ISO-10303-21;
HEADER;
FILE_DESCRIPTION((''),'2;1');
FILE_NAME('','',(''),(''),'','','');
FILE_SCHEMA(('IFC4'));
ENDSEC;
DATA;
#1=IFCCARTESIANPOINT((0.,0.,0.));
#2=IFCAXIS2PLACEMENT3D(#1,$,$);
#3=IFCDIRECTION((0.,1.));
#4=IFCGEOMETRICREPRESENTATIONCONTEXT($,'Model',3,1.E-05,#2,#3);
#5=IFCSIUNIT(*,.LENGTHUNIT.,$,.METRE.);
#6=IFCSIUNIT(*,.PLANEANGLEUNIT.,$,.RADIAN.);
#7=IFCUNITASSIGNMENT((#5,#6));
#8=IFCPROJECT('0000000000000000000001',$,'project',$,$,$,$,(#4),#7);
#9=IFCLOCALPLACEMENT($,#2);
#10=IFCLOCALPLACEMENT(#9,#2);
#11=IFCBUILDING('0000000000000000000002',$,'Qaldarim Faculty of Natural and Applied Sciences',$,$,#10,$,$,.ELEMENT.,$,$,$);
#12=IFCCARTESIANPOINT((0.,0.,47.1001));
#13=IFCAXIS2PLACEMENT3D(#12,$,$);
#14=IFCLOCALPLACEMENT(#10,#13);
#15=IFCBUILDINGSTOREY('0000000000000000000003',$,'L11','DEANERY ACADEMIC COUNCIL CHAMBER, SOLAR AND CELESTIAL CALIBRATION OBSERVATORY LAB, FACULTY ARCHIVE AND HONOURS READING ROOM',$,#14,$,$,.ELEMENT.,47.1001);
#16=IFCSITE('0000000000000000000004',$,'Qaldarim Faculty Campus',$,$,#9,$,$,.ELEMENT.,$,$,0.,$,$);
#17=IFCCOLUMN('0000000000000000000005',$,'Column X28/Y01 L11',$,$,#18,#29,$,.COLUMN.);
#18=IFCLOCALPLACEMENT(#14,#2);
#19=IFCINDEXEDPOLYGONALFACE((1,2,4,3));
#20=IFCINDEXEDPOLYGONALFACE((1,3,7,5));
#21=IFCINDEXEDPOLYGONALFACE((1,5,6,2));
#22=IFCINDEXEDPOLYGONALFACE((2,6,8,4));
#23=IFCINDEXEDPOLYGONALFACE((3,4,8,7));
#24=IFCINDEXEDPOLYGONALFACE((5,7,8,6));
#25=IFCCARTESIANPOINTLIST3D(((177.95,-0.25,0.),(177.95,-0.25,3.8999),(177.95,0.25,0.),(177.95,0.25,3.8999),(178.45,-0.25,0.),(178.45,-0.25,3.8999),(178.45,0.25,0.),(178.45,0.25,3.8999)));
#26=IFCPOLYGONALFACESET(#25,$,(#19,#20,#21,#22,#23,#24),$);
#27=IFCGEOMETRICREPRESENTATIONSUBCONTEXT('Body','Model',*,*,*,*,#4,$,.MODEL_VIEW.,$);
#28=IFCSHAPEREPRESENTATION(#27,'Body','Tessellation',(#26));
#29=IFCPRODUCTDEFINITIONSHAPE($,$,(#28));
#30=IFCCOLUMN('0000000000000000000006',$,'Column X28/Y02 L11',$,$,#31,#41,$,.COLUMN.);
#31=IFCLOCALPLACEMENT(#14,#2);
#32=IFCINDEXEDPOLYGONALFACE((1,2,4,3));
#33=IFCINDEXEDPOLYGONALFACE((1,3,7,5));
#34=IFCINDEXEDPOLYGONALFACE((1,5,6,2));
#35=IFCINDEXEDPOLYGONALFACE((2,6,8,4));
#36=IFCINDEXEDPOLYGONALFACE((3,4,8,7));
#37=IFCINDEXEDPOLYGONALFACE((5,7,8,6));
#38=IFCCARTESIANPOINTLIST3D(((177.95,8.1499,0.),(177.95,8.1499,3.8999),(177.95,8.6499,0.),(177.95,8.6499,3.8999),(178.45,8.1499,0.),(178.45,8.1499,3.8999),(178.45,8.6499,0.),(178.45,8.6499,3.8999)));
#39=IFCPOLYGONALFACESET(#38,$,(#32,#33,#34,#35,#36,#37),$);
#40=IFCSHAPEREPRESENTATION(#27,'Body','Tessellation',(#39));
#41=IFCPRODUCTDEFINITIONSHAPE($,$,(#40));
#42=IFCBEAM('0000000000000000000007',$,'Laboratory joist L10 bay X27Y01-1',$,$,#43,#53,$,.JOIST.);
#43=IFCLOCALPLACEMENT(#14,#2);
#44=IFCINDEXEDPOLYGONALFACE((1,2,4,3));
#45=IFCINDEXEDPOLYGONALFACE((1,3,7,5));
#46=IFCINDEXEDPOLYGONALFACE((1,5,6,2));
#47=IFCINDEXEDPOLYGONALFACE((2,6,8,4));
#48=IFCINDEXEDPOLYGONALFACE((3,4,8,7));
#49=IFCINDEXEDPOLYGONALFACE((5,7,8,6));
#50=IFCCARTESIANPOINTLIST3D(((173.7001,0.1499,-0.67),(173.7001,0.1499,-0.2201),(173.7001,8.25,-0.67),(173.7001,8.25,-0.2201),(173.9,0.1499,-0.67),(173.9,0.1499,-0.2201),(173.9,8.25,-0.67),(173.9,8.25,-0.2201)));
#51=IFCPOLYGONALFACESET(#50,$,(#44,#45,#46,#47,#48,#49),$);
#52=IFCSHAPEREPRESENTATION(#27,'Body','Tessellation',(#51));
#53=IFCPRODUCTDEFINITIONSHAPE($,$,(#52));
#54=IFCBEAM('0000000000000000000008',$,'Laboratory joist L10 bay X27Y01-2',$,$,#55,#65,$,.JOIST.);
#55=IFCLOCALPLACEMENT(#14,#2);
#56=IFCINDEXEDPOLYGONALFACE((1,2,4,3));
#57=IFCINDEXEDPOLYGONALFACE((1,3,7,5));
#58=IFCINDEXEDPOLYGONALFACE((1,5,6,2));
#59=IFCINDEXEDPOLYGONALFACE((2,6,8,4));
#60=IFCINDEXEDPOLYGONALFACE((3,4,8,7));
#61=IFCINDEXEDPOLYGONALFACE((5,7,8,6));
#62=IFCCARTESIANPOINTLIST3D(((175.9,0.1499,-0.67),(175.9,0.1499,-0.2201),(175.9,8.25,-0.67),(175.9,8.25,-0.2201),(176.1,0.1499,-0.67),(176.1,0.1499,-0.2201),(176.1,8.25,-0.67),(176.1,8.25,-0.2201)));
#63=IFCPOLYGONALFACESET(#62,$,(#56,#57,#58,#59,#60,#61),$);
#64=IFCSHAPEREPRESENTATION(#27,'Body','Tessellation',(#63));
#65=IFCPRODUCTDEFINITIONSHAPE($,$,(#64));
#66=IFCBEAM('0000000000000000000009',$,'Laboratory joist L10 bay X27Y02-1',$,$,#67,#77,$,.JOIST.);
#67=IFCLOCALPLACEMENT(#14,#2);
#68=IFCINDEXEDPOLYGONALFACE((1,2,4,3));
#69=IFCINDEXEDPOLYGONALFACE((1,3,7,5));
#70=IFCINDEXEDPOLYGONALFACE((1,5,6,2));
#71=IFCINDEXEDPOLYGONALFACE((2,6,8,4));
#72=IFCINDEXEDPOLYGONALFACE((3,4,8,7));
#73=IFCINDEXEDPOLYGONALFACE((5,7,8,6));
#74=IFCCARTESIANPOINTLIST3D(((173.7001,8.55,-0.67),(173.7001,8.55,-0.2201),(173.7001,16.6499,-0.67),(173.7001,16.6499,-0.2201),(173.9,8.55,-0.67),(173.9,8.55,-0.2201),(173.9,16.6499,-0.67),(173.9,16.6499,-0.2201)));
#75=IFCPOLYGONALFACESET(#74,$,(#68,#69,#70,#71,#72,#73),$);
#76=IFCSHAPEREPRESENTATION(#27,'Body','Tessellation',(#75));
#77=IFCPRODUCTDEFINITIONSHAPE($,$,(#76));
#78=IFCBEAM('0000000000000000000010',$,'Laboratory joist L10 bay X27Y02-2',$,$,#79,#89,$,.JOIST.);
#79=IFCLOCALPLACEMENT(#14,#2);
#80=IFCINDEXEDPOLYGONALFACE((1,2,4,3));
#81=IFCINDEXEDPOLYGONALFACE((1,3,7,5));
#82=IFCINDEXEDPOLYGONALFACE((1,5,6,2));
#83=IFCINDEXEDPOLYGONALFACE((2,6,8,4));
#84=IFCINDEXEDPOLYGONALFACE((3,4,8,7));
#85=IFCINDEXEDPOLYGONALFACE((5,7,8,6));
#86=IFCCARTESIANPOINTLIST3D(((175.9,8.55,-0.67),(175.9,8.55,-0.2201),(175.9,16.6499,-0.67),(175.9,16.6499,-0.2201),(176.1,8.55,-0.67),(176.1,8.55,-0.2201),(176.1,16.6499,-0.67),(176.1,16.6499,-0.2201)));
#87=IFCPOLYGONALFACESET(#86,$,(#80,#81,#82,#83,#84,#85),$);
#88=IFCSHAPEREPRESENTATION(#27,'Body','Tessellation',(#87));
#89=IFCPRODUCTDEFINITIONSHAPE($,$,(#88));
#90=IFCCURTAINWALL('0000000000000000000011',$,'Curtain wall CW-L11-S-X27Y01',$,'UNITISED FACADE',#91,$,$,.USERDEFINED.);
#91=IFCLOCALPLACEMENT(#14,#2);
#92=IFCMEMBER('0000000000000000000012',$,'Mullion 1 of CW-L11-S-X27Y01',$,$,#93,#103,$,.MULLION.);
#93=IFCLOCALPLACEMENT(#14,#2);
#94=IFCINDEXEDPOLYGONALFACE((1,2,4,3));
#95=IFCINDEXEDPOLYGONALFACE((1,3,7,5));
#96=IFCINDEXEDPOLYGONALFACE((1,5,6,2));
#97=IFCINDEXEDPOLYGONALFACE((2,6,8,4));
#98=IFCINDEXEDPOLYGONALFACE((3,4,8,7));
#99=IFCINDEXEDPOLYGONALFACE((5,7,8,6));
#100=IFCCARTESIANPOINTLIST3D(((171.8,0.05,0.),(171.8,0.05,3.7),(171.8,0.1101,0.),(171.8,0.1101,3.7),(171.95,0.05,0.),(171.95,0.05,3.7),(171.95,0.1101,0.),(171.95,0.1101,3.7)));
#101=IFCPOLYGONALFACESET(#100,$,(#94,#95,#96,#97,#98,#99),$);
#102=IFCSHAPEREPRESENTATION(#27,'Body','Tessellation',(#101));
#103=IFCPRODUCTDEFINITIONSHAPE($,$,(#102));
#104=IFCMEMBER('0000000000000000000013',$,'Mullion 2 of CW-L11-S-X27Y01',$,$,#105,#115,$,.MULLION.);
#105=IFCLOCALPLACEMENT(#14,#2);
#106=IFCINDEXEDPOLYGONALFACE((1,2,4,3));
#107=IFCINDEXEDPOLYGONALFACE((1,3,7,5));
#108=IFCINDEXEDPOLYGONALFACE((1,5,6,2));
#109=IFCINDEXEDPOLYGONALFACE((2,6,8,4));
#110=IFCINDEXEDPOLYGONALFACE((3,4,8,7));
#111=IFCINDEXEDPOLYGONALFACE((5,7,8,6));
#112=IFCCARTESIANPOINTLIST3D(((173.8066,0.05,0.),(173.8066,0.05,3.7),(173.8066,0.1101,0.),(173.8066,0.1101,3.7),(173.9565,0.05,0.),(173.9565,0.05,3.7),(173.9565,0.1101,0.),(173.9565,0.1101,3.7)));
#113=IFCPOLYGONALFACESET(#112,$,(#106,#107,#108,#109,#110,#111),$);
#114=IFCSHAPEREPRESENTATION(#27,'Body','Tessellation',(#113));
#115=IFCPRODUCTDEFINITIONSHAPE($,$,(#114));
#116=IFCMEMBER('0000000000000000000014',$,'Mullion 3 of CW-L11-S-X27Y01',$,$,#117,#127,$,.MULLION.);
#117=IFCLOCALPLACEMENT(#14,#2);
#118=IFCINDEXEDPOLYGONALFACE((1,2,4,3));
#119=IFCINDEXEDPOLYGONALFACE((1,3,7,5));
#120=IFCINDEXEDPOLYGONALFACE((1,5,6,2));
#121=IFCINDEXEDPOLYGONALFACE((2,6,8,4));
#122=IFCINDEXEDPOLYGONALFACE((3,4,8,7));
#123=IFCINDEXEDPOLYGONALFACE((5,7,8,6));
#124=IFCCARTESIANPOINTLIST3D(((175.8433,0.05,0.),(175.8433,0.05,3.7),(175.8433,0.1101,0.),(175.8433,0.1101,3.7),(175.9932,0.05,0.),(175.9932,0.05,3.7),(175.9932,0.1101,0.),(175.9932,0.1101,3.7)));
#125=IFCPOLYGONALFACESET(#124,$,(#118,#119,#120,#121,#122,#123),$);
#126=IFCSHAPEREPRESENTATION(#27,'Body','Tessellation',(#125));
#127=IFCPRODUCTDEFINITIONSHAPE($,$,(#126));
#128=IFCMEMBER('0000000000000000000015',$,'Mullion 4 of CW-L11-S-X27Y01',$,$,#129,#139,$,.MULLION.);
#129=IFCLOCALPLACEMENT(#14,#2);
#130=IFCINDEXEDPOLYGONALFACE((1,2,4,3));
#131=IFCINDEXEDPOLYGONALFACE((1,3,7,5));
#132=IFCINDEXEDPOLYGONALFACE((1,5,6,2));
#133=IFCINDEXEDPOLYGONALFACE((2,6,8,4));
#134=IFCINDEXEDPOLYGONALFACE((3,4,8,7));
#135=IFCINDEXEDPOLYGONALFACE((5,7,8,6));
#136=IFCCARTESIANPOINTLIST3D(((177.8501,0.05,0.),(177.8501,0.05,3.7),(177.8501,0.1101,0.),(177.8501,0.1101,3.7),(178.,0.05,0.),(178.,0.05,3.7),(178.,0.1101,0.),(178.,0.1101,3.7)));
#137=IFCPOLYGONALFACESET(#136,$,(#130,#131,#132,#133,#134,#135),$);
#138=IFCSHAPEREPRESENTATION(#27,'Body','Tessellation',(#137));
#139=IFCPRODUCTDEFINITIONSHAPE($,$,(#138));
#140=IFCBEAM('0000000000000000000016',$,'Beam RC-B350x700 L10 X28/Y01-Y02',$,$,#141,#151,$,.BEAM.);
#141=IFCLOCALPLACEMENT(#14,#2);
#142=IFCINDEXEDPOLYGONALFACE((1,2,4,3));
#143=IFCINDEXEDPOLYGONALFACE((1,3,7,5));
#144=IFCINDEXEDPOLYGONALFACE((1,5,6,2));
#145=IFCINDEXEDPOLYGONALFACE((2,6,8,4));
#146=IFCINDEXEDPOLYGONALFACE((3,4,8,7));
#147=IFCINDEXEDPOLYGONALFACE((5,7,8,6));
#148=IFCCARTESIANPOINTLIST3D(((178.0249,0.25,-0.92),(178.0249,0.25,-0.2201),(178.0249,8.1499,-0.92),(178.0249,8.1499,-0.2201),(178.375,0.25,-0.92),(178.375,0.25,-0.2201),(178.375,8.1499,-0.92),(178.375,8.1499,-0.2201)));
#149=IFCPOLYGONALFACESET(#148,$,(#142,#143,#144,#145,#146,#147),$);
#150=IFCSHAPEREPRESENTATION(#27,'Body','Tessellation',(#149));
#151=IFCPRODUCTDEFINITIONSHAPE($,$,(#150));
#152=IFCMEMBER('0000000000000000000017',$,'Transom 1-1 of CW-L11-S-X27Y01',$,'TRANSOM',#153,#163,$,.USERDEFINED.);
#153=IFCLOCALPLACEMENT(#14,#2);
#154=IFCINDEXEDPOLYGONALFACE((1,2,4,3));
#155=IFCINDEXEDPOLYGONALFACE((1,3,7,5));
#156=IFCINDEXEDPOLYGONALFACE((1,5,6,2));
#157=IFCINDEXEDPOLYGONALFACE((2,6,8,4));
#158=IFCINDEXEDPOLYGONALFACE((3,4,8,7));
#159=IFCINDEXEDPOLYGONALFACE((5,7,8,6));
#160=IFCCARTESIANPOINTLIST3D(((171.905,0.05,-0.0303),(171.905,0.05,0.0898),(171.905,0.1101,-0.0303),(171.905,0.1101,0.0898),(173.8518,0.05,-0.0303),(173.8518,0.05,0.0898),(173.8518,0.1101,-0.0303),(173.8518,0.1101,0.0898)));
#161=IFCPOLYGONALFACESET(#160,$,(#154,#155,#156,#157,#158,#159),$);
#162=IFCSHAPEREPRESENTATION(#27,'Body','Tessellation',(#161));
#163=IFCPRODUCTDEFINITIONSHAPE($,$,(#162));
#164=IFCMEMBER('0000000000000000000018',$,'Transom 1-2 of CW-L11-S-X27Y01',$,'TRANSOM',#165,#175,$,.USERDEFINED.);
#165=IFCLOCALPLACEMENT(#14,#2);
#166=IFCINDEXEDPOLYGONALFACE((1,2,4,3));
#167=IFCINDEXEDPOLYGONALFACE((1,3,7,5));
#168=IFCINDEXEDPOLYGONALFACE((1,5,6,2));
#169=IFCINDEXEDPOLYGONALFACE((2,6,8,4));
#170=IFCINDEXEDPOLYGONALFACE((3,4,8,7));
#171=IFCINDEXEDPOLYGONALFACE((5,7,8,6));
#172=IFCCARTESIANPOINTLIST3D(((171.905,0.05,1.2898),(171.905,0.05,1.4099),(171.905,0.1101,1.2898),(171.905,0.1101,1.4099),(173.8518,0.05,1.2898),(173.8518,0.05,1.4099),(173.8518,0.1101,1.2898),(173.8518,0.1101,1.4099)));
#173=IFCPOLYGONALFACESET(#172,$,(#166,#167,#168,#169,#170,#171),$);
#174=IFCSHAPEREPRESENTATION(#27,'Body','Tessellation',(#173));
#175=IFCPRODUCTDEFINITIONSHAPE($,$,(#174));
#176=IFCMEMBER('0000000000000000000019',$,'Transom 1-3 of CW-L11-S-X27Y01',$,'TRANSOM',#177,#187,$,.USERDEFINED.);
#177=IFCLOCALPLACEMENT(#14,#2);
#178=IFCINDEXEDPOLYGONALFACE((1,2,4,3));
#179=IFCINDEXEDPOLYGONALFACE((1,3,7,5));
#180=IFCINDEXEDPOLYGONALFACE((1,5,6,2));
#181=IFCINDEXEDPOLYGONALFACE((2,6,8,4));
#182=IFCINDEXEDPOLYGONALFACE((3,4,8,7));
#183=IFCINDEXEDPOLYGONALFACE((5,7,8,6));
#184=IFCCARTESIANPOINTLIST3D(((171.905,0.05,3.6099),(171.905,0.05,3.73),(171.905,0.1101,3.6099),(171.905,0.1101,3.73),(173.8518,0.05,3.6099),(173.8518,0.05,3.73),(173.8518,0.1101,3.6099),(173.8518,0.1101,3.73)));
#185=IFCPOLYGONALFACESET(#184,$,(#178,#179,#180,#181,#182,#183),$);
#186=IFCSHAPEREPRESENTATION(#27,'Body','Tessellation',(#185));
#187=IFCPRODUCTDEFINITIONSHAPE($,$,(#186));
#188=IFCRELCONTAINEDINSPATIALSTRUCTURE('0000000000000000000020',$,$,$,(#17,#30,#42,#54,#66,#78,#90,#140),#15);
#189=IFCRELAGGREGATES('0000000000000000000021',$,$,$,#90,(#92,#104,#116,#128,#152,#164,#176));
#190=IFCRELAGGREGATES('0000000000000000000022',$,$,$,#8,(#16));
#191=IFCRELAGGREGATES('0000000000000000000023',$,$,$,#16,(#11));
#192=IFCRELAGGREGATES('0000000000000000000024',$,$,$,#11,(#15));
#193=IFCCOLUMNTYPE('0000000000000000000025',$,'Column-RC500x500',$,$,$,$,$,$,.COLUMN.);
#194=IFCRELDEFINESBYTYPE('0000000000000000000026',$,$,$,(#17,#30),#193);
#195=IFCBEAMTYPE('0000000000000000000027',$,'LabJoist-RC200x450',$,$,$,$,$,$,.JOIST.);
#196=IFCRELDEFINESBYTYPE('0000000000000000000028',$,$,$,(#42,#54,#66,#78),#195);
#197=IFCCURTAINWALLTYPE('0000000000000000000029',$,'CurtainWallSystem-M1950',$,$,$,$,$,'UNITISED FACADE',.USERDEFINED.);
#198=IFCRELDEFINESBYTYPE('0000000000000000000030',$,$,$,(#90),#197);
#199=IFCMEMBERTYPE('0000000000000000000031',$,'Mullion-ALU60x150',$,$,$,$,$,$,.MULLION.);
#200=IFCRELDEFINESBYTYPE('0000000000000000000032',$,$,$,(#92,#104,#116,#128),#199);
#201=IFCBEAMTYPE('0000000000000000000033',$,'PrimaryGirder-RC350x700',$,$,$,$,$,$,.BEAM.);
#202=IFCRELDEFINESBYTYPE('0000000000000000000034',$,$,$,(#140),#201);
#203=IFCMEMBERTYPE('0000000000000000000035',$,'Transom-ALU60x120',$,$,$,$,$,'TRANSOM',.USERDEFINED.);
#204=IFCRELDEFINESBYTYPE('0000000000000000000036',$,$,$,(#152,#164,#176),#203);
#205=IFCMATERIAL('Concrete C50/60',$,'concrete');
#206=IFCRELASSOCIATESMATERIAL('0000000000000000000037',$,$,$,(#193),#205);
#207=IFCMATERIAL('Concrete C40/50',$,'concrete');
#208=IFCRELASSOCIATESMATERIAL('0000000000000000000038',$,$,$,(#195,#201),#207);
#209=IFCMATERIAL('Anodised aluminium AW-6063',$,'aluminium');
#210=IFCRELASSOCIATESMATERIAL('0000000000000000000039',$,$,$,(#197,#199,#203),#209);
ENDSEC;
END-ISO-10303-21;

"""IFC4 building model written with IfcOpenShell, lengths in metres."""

from ifc_helpers import new_model, si_unit, direction, frame, origin, origin_2d, place, context, subcontext, project, spatial, rectangle, extrude, material, material_profile, profile_set, type_object, element, aggregate, save


model = new_model("IFC4")

# Units and contexts
model_context = context("Model", 3, precision=1e-05, world=origin(), true_north=direction((0.0, 1.0)))
body_context = subcontext(model_context, "Body", "Model", "MODEL_VIEW")
ifc_project = project(units=[si_unit("LENGTHUNIT", "METRE"), si_unit("PLANEANGLEUNIT", "RADIAN")], contexts=[model_context])

# Site, building, storey
site_placement = place(None, origin())
site = spatial("IfcSite", under=ifc_project, at=site_placement, Name="Qaldarim Faculty Campus", CompositionType="ELEMENT", RefElevation=0.0)
building_placement = place(site_placement, origin())
building = spatial("IfcBuilding", under=site, at=building_placement, Name="Qaldarim Faculty of Natural and Applied Sciences", CompositionType="ELEMENT")
storey_placement = place(building_placement, frame((0.0, 0.0, 47.1001)))
storey = spatial("IfcBuildingStorey", under=building, at=storey_placement, Name="L11", Description="DEANERY ACADEMIC COUNCIL CHAMBER, SOLAR AND CELESTIAL CALIBRATION OBSERVATORY LAB, FACULTY ARCHIVE AND HONOURS READING ROOM", CompositionType="ELEMENT", Elevation=47.1001)

# Columns
ifc_material_1 = material(Name="Concrete C50/60", Category="concrete")
ifc_material_profile_1 = material_profile(ifc_material_1, rectangle(XDim=0.5, YDim=0.5, at=origin_2d()), Name="RC-C500x500")
ifc_profile_set_1 = profile_set([ifc_material_profile_1], Name="Concrete C50/60")
column_type = type_object("IfcColumnType", Name="Column-RC500x500", PredefinedType="COLUMN", material=ifc_profile_set_1)
for number, where, z_axis, x_axis, name in (
    (1, (178.2, 0.0, 0.0), (0.0, 0.0, 1.0), (1.0, 0.0, 0.0), "Column X28/Y01 L11"),
    (2, (178.2, 8.3999, 0.0), (0.0, 0.0, 1.0), (1.0, 0.0, 0.0), "Column X28/Y02 L11"),
):
    element("IfcColumn", number, at=place(storey_placement, frame(where, z_axis=z_axis, x_axis=x_axis)), inside=storey, type_object=column_type, Name=name, PredefinedType="COLUMN", context=body_context, shape_type="SweptSolid", body=[
        extrude(rectangle(XDim=0.5, YDim=0.5, at=origin_2d()), origin(), (0.0, 0.0, 1.0), 3.8999),
    ])

# Beams
ifc_material_2 = material(Name="Concrete C40/50", Category="concrete")
ifc_material_profile_2 = material_profile(ifc_material_2, rectangle(XDim=0.2, YDim=0.45, at=origin_2d()), Name="RC-J200x450")
ifc_profile_set_2 = profile_set([ifc_material_profile_2], Name="Concrete C40/50")
beam_type_1 = type_object("IfcBeamType", Name="LabJoist-RC200x450", PredefinedType="JOIST", material=ifc_profile_set_2)
for number, where, z_axis, x_axis, name in (
    (3, (173.8, 0.1499, -0.4451), (0.0, 1.0, 0.0), (-1.0, 0.0, 0.0), "Laboratory joist L10 bay X27Y01-1"),
    (4, (176.0, 0.1499, -0.4451), (0.0, 1.0, 0.0), (-1.0, 0.0, 0.0), "Laboratory joist L10 bay X27Y01-2"),
):
    element("IfcBeam", number, at=place(storey_placement, frame(where, z_axis=z_axis, x_axis=x_axis)), inside=storey, type_object=beam_type_1, Name=name, PredefinedType="JOIST", context=body_context, shape_type="SweptSolid", body=[
        extrude(rectangle(XDim=0.2, YDim=0.45, at=origin_2d()), origin(), (0.0, 0.0, 1.0), 8.1001),
    ])
for number, where, z_axis, x_axis, name in (
    (5, (173.8, 8.55, -0.4451), (0.0, 1.0, 0.0), (-1.0, 0.0, 0.0), "Laboratory joist L10 bay X27Y02-1"),
    (6, (176.0, 8.55, -0.4451), (0.0, 1.0, 0.0), (-1.0, 0.0, 0.0), "Laboratory joist L10 bay X27Y02-2"),
):
    element("IfcBeam", number, at=place(storey_placement, frame(where, z_axis=z_axis, x_axis=x_axis)), inside=storey, type_object=beam_type_1, Name=name, PredefinedType="JOIST", context=body_context, shape_type="SweptSolid", body=[
        extrude(rectangle(XDim=0.2, YDim=0.45, at=origin_2d()), origin(), (0.0, 0.0, 1.0), 8.0999),
    ])

# Curtain wall, members
ifc_material_3 = material(Name="Anodised aluminium AW-6063", Category="aluminium")
curtain_wall_type = type_object("IfcCurtainWallType", Name="CurtainWallSystem-M1950", ElementType="UNITISED FACADE", PredefinedType="USERDEFINED", material=ifc_material_3)
curtain_wall_placement = place(storey_placement, origin())
curtain_wall = element("IfcCurtainWall", 7, at=curtain_wall_placement, inside=storey, type_object=curtain_wall_type, Name="Curtain wall CW-L11-S-X27Y01", ObjectType="UNITISED FACADE", PredefinedType="USERDEFINED")
ifc_material_profile_3 = material_profile(ifc_material_3, rectangle(XDim=0.0601, YDim=0.1499, at=origin_2d()), Name="ALU-M60x150")
ifc_profile_set_3 = profile_set([ifc_material_profile_3], Name="Anodised aluminium AW-6063")
member_type_1 = type_object("IfcMemberType", Name="Mullion-ALU60x150", PredefinedType="MULLION", material=ifc_profile_set_3)
member_1_placement = place(storey_placement, frame((171.875, 0.0801, 0.0), z_axis=(0.0, 0.0, 1.0), x_axis=(0.0, 1.0, 0.0)))
member_1 = element("IfcMember", 8, at=member_1_placement, type_object=member_type_1, Name="Mullion 1 of CW-L11-S-X27Y01", PredefinedType="MULLION", context=body_context, shape_type="SweptSolid", body=[
    extrude(rectangle(XDim=0.0601, YDim=0.1499, at=origin_2d()), origin(), (0.0, 0.0, 1.0), 3.7),
])
member_2_placement = place(storey_placement, frame((173.8816, 0.0801, 0.0), z_axis=(0.0, 0.0, 1.0), x_axis=(0.0, 1.0, 0.0)))
member_2 = element("IfcMember", 9, at=member_2_placement, type_object=member_type_1, Name="Mullion 2 of CW-L11-S-X27Y01", PredefinedType="MULLION", context=body_context, shape_type="SweptSolid", body=[
    extrude(rectangle(XDim=0.0601, YDim=0.1499, at=origin_2d()), origin(), (0.0, 0.0, 1.0), 3.7),
])
member_3_placement = place(storey_placement, frame((175.9182, 0.0801, 0.0), z_axis=(0.0, 0.0, 1.0), x_axis=(0.0, 1.0, 0.0)))
member_3 = element("IfcMember", 10, at=member_3_placement, type_object=member_type_1, Name="Mullion 3 of CW-L11-S-X27Y01", PredefinedType="MULLION", context=body_context, shape_type="SweptSolid", body=[
    extrude(rectangle(XDim=0.0601, YDim=0.1499, at=origin_2d()), origin(), (0.0, 0.0, 1.0), 3.7),
])
member_4_placement = place(storey_placement, frame((177.925, 0.0801, 0.0), z_axis=(0.0, 0.0, 1.0), x_axis=(0.0, 1.0, 0.0)))
member_4 = element("IfcMember", 11, at=member_4_placement, type_object=member_type_1, Name="Mullion 4 of CW-L11-S-X27Y01", PredefinedType="MULLION", context=body_context, shape_type="SweptSolid", body=[
    extrude(rectangle(XDim=0.0601, YDim=0.1499, at=origin_2d()), origin(), (0.0, 0.0, 1.0), 3.7),
])

# Beam
ifc_material_profile_4 = material_profile(ifc_material_2, rectangle(XDim=0.3501, YDim=0.7, at=origin_2d()), Name="RC-B350x700")
ifc_profile_set_4 = profile_set([ifc_material_profile_4], Name="Concrete C40/50")
beam_type_2 = type_object("IfcBeamType", Name="PrimaryGirder-RC350x700", PredefinedType="BEAM", material=ifc_profile_set_4)
beam_placement = place(storey_placement, frame((178.2, 0.25, -0.5701), z_axis=(0.0, 1.0, 0.0), x_axis=(-1.0, 0.0, 0.0)))
element("IfcBeam", 12, at=beam_placement, inside=storey, type_object=beam_type_2, Name="Beam RC-B350x700 L10 X28/Y01-Y02", PredefinedType="BEAM", context=body_context, shape_type="SweptSolid", body=[
    extrude(rectangle(XDim=0.3501, YDim=0.7, at=origin_2d()), origin(), (0.0, 0.0, 1.0), 7.8999),
])

# Members
ifc_material_profile_5 = material_profile(ifc_material_3, rectangle(XDim=0.0601, YDim=0.1201, at=origin_2d()), Name="ALU-T60x120")
ifc_profile_set_5 = profile_set([ifc_material_profile_5], Name="Anodised aluminium AW-6063")
member_type_2 = type_object("IfcMemberType", Name="Transom-ALU60x120", ElementType="TRANSOM", PredefinedType="USERDEFINED", material=ifc_profile_set_5)
member_5_placement = place(storey_placement, frame((171.905, 0.0801, 0.0298), z_axis=(1.0, 0.0, 0.0), x_axis=(0.0, 1.0, 0.0)))
member_5 = element("IfcMember", 13, at=member_5_placement, type_object=member_type_2, Name="Transom 1-1 of CW-L11-S-X27Y01", ObjectType="TRANSOM", PredefinedType="USERDEFINED", context=body_context, shape_type="SweptSolid", body=[
    extrude(rectangle(XDim=0.0601, YDim=0.1201, at=origin_2d()), origin(), (0.0, 0.0, 1.0), 1.9468),
])
member_6_placement = place(storey_placement, frame((171.905, 0.0801, 1.3499), z_axis=(1.0, 0.0, 0.0), x_axis=(0.0, 1.0, 0.0)))
member_6 = element("IfcMember", 14, at=member_6_placement, type_object=member_type_2, Name="Transom 1-2 of CW-L11-S-X27Y01", ObjectType="TRANSOM", PredefinedType="USERDEFINED", context=body_context, shape_type="SweptSolid", body=[
    extrude(rectangle(XDim=0.0601, YDim=0.1201, at=origin_2d()), origin(), (0.0, 0.0, 1.0), 1.9468),
])
member_7_placement = place(storey_placement, frame((171.905, 0.0801, 3.6699), z_axis=(1.0, 0.0, 0.0), x_axis=(0.0, 1.0, 0.0)))
member_7 = element("IfcMember", 15, at=member_7_placement, type_object=member_type_2, Name="Transom 1-3 of CW-L11-S-X27Y01", ObjectType="TRANSOM", PredefinedType="USERDEFINED", context=body_context, shape_type="SweptSolid", body=[
    extrude(rectangle(XDim=0.0601, YDim=0.1201, at=origin_2d()), origin(), (0.0, 0.0, 1.0), 1.9468),
])

aggregate(curtain_wall, [member_1, member_2, member_3, member_4, member_5, member_6, member_7])

save(model, "model.ifc")
